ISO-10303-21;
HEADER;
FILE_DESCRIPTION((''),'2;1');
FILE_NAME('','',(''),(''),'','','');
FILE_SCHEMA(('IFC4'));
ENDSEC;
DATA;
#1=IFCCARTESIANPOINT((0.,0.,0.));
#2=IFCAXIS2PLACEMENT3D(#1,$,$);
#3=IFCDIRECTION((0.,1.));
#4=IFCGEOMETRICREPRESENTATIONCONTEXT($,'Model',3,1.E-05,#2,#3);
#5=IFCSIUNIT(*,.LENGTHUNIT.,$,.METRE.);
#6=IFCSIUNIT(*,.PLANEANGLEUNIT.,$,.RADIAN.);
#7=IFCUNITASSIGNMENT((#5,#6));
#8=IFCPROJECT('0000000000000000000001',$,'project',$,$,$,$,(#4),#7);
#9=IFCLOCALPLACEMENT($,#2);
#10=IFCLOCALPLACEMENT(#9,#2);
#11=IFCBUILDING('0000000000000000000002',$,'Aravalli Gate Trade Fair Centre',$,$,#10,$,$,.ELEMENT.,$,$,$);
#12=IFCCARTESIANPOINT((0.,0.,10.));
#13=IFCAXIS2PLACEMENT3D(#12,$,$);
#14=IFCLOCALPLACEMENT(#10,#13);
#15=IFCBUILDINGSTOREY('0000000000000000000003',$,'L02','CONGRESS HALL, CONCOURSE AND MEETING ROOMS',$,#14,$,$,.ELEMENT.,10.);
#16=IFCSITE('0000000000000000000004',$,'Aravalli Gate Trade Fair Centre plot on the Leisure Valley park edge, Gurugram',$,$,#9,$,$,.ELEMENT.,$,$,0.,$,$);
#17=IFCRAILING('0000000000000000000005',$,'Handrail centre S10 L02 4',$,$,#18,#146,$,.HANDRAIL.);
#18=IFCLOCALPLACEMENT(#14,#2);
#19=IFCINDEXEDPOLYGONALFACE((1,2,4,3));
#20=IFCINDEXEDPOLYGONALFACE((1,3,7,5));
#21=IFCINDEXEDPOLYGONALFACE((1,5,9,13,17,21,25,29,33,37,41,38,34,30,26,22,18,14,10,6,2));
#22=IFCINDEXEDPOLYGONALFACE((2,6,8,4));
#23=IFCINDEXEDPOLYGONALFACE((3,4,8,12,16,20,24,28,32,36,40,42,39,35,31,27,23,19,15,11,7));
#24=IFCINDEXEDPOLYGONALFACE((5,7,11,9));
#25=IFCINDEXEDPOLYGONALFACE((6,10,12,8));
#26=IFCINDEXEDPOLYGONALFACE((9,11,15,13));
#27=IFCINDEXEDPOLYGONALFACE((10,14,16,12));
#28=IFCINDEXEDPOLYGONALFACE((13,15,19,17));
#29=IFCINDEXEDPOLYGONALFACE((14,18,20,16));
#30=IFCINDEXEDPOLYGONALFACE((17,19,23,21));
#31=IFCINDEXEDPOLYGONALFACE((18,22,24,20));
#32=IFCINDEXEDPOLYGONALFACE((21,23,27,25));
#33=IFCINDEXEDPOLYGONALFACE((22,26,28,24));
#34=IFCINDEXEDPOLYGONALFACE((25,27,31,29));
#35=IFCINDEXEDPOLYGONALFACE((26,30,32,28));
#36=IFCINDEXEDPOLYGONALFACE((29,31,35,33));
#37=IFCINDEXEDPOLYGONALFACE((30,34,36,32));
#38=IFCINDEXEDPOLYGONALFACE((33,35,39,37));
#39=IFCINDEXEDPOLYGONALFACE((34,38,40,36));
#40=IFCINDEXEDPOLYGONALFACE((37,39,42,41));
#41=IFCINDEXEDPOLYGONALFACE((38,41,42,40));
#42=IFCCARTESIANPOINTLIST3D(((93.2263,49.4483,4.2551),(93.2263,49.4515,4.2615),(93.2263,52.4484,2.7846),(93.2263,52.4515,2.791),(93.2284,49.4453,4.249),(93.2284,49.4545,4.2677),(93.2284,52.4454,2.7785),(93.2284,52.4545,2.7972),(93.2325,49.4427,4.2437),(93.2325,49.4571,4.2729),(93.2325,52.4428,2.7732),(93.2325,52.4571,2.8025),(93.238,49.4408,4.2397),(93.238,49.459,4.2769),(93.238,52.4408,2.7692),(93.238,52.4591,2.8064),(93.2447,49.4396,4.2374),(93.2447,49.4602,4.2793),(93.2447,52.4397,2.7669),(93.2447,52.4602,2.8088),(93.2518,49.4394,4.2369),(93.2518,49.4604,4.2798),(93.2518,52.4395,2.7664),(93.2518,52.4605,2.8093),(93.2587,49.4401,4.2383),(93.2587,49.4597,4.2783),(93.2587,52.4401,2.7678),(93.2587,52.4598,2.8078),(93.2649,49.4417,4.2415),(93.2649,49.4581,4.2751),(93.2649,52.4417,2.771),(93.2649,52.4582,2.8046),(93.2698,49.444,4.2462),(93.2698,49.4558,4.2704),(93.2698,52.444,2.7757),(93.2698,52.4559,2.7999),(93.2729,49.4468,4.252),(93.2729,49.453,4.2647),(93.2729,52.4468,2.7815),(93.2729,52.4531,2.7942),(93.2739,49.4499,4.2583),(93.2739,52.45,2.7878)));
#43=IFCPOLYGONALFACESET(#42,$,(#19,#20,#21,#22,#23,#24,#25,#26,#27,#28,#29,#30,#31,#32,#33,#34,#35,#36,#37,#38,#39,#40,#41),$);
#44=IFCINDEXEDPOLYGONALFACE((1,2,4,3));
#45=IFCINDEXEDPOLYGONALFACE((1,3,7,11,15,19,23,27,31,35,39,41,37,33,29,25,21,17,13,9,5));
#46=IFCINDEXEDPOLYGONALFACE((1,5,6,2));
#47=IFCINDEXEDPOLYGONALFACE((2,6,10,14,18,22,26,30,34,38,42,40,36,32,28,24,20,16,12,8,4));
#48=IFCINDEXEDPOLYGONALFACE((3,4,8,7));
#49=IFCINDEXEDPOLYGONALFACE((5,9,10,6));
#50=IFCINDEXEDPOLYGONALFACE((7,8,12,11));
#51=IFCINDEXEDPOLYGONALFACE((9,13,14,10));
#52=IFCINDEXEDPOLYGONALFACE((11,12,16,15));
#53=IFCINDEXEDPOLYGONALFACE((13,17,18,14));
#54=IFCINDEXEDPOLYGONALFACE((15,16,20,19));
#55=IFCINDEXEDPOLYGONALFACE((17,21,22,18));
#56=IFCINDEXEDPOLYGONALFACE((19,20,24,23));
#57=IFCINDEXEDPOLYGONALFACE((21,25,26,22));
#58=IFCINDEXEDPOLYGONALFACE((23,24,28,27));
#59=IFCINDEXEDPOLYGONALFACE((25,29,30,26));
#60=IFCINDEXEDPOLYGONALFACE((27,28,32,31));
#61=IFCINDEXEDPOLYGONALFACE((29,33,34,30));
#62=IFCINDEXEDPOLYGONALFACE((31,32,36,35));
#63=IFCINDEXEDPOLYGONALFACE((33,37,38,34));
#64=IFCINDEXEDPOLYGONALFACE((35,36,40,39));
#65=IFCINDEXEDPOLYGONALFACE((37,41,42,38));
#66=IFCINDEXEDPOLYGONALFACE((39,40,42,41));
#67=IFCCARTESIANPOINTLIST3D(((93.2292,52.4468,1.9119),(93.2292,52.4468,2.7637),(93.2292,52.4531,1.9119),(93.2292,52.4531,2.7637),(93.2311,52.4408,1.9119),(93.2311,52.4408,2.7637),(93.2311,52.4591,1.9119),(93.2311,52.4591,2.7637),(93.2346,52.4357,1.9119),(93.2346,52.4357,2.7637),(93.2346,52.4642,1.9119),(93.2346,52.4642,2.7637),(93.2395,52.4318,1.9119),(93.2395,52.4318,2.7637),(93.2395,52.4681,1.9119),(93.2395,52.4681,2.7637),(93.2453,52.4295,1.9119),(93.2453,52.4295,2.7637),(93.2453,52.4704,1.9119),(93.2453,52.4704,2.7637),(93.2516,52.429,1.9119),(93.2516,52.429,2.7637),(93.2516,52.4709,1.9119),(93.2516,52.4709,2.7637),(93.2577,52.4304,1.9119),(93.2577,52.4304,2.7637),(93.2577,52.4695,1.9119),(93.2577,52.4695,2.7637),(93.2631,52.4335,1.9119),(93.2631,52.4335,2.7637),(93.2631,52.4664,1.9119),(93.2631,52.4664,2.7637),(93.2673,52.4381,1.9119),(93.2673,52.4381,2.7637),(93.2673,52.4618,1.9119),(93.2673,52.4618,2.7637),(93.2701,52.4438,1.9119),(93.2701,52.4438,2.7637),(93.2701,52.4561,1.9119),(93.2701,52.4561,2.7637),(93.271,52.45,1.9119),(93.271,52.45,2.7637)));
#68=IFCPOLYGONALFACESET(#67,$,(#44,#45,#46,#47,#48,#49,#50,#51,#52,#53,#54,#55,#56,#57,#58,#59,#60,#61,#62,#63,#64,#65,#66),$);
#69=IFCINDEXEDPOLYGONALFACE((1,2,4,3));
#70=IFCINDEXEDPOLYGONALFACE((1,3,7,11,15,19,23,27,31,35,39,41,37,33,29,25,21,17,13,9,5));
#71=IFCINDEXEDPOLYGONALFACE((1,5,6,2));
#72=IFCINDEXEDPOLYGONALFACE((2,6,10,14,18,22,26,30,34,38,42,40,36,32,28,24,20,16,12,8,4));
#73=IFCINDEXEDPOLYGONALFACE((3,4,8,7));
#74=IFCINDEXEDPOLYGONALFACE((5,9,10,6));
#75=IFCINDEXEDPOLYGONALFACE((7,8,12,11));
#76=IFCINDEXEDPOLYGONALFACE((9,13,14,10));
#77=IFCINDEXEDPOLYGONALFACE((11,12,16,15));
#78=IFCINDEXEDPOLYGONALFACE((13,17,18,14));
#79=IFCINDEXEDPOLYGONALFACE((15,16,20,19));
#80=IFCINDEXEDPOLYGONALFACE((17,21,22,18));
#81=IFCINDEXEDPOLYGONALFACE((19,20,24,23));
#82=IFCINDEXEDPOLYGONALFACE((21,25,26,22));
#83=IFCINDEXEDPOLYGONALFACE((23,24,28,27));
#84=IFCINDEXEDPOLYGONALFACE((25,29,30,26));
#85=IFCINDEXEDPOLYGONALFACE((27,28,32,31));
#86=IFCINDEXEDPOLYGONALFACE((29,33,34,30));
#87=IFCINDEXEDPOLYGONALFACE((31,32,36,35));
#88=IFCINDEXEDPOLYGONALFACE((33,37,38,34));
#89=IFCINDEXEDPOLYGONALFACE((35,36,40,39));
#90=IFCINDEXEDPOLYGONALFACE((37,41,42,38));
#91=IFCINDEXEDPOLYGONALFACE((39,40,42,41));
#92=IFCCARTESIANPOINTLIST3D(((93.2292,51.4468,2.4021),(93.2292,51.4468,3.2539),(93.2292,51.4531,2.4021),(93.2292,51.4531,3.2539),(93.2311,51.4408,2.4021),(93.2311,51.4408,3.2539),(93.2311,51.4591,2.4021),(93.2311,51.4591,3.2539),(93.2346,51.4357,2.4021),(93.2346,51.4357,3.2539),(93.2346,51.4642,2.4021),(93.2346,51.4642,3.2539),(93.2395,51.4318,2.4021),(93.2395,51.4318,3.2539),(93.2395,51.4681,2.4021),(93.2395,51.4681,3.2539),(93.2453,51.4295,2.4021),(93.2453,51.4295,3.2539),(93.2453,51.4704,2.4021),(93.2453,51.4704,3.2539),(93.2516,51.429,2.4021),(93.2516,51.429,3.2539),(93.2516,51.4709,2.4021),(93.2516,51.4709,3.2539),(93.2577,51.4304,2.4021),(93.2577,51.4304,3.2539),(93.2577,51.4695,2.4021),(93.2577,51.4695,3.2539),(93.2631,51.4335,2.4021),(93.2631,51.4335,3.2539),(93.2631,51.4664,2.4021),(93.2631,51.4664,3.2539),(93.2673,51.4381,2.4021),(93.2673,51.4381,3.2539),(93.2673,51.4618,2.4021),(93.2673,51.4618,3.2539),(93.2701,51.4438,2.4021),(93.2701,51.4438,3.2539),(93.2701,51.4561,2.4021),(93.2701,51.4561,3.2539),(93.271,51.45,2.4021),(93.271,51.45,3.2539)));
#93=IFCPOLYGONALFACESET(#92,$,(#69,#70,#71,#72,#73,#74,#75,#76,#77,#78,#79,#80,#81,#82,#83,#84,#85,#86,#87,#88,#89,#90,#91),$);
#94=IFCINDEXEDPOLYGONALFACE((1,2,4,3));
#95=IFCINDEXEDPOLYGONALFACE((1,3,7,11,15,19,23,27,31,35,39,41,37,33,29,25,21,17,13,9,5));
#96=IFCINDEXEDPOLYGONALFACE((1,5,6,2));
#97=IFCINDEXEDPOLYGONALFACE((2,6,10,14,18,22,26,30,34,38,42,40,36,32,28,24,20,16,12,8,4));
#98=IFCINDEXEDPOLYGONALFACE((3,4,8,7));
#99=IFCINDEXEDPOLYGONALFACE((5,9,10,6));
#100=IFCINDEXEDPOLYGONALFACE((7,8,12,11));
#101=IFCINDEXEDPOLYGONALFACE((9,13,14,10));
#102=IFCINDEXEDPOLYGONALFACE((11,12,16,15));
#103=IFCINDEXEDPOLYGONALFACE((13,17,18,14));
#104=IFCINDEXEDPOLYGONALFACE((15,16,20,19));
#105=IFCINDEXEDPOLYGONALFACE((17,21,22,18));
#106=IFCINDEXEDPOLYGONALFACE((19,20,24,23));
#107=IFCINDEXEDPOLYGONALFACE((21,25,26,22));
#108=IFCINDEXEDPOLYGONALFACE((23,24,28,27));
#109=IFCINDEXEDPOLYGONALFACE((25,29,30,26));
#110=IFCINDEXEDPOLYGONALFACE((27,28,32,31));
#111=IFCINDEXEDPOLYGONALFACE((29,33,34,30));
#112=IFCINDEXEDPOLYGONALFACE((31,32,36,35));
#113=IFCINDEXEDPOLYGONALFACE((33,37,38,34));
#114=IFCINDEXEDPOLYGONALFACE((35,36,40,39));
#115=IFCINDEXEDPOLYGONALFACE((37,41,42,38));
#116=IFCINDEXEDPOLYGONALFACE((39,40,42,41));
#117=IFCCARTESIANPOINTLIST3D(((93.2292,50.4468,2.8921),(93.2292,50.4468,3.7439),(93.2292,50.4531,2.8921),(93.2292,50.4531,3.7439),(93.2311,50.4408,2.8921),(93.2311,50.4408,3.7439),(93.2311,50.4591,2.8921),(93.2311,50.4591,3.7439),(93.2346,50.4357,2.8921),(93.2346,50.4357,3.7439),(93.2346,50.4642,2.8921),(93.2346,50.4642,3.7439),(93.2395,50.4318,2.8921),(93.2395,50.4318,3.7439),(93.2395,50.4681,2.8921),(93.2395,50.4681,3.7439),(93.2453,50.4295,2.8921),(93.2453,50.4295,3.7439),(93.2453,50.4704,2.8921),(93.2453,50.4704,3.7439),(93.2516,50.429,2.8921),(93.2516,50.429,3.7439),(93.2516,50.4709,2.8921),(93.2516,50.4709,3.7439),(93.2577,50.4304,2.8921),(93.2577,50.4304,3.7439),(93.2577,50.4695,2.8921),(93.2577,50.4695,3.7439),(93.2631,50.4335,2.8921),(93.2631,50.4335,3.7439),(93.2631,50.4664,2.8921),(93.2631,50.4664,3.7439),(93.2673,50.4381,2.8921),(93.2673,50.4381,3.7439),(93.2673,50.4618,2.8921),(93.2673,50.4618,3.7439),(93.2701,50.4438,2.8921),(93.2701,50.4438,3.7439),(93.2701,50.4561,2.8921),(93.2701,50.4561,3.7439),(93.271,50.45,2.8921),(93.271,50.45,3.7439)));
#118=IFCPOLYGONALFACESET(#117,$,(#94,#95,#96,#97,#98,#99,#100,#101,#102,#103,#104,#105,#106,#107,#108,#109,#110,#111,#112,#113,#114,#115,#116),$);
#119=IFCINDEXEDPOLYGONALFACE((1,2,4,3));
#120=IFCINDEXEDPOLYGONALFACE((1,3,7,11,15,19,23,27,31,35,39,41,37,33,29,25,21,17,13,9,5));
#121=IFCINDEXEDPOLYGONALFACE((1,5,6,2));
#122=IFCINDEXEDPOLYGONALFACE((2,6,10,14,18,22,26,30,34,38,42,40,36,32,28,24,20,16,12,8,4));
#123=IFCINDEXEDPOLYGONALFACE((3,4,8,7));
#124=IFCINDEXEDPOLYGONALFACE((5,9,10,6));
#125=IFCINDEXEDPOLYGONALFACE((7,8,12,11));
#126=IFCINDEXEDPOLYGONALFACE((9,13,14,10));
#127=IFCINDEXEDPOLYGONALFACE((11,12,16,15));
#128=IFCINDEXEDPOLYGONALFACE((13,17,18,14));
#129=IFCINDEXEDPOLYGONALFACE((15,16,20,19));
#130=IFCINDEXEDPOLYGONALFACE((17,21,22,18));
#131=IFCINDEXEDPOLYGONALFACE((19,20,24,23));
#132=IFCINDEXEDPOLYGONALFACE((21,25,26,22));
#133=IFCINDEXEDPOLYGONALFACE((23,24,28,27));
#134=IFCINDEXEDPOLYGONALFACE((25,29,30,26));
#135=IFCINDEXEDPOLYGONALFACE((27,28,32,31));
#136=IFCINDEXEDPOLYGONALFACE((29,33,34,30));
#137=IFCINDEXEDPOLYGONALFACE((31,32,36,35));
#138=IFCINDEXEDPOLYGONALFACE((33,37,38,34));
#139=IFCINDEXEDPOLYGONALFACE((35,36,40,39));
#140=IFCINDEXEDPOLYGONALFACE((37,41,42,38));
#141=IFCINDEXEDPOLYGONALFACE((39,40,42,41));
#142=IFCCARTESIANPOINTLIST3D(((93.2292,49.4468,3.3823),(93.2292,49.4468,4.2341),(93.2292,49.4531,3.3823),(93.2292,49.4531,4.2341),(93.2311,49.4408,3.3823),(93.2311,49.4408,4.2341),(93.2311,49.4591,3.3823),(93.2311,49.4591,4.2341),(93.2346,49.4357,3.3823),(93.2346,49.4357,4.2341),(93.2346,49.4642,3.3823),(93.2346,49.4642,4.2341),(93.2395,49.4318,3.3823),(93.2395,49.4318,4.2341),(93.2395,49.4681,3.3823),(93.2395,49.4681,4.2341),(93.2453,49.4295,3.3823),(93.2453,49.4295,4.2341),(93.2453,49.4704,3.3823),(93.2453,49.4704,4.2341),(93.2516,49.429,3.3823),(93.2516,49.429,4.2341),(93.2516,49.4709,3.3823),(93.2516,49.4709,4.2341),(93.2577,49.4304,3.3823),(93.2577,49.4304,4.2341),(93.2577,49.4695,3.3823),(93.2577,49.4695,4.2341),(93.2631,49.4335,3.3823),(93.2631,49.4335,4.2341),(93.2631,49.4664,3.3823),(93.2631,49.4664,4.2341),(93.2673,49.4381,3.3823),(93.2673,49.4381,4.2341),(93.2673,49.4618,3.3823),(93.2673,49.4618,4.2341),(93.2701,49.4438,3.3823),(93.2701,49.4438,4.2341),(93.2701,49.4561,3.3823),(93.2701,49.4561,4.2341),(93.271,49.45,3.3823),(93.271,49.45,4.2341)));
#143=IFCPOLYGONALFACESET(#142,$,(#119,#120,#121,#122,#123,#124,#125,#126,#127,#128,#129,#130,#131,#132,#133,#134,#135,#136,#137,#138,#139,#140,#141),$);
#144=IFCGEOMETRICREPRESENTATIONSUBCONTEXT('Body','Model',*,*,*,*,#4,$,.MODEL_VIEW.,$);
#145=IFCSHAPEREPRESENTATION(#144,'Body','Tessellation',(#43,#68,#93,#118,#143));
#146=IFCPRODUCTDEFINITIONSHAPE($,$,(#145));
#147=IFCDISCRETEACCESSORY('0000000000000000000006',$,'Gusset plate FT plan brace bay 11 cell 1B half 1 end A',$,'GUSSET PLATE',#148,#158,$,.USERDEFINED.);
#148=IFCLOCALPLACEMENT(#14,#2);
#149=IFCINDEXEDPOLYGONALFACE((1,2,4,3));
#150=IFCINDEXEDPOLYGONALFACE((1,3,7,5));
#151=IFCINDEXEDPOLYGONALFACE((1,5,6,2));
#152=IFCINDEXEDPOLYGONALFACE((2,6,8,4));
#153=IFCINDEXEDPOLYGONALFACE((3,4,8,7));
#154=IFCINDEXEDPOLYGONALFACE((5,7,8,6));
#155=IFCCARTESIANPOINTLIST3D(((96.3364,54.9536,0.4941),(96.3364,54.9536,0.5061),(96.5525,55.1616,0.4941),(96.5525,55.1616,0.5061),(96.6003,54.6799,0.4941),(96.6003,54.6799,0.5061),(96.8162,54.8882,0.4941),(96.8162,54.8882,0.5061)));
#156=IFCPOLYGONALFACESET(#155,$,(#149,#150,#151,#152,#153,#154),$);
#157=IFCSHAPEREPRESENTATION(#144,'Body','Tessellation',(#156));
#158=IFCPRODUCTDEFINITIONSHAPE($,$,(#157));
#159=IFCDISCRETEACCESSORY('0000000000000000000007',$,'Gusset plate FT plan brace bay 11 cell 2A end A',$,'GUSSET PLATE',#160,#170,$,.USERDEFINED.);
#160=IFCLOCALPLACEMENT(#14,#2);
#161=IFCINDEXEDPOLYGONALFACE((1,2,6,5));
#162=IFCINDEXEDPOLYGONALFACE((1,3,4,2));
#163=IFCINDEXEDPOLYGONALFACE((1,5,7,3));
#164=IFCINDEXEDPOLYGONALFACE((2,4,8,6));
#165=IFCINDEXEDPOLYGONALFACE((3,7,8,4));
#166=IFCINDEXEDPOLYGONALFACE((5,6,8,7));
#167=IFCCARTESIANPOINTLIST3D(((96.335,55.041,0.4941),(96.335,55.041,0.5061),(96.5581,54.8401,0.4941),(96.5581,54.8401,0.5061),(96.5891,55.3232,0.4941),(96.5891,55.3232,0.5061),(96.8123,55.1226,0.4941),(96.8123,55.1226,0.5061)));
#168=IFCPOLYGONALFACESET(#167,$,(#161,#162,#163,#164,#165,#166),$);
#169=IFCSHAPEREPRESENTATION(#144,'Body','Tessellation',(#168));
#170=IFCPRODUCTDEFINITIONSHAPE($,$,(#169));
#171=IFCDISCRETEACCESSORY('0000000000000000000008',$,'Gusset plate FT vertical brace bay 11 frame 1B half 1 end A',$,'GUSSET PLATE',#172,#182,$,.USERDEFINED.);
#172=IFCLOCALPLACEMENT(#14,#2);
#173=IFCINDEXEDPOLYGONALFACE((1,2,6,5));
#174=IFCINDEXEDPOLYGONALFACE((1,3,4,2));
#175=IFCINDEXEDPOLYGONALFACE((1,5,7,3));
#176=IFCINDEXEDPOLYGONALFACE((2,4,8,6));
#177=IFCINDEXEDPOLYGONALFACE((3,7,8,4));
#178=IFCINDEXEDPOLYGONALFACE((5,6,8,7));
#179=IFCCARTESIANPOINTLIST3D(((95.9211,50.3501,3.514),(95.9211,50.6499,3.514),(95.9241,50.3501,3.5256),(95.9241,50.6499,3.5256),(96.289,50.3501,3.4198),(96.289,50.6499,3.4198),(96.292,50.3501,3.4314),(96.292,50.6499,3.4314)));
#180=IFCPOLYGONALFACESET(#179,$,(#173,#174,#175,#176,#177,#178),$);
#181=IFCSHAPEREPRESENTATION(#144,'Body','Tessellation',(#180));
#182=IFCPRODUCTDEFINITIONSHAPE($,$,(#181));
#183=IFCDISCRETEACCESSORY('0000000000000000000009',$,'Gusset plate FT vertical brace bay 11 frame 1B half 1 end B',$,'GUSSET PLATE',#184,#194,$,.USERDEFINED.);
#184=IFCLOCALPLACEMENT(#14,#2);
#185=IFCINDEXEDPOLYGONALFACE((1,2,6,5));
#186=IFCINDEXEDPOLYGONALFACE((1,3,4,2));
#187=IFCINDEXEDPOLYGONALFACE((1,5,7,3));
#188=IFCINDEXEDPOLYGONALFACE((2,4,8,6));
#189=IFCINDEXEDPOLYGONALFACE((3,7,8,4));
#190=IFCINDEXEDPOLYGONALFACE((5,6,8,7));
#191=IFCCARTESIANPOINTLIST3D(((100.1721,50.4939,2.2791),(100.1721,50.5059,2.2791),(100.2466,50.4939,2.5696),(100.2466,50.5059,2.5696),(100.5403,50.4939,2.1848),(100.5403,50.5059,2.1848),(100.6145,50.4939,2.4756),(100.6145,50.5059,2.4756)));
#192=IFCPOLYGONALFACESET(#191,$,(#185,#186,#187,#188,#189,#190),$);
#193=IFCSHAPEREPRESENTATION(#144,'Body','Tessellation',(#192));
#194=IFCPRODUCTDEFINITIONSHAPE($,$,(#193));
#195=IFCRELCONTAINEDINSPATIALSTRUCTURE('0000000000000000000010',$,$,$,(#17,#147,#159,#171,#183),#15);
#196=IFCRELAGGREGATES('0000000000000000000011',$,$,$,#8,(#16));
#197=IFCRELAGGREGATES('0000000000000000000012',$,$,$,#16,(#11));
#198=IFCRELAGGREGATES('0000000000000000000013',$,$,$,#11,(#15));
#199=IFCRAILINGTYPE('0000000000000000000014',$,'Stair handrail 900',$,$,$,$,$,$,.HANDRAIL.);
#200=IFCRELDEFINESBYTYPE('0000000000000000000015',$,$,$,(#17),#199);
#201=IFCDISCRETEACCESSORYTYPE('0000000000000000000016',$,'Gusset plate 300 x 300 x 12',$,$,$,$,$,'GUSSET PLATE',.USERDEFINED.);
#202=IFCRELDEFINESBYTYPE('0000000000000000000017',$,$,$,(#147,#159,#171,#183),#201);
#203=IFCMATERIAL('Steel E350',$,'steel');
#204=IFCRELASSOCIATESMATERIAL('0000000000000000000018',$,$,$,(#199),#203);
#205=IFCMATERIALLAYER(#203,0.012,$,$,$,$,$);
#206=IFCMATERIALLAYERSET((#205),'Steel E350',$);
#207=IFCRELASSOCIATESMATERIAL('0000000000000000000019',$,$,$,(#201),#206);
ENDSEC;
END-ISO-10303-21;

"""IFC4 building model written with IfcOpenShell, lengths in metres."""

from ifc_helpers import new_model, si_unit, direction, frame, origin, origin_2d, place, context, subcontext, project, spatial, polyline, circle, outline, extrude, material, layer, layer_set, type_object, element, save


model = new_model("IFC4")

# Units and contexts
model_context = context("Model", 3, precision=1e-05, world=origin(), true_north=direction((0.0, 1.0)))
body_context = subcontext(model_context, "Body", "Model", "MODEL_VIEW")
ifc_project = project(units=[si_unit("LENGTHUNIT", "METRE"), si_unit("PLANEANGLEUNIT", "RADIAN")], contexts=[model_context])

# Site, building, storey
site_placement = place(None, origin())
site = spatial("IfcSite", under=ifc_project, at=site_placement, Name="Aravalli Gate Trade Fair Centre plot on the Leisure Valley park edge, Gurugram", CompositionType="ELEMENT", RefElevation=0.0)
building_placement = place(site_placement, origin())
building = spatial("IfcBuilding", under=site, at=building_placement, Name="Aravalli Gate Trade Fair Centre", CompositionType="ELEMENT")
storey_placement = place(building_placement, frame((0.0, 0.0, 10.0)))
storey = spatial("IfcBuildingStorey", under=building, at=storey_placement, Name="L02", Description="CONGRESS HALL, CONCOURSE AND MEETING ROOMS", CompositionType="ELEMENT", Elevation=10.0)

# Shared definitions
ifc_material_1 = material(Name="Steel E350", Category="steel")

# Railing
railing_type_1 = type_object("IfcRailingType", Name="Stair handrail 900", PredefinedType="HANDRAIL", material=ifc_material_1)
for number, where, name in (
    (1, (93.25, 52.45, 1.9119), "Handrail centre S10 L02 4"),
):
    element("IfcRailing", number, at=place(storey_placement, frame(where)), inside=storey, type_object=railing_type_1, Name=name, PredefinedType="HANDRAIL", context=body_context, shape_type="SweptSolid", body=[
        extrude(circle(Radius=0.0239, at=origin_2d()), frame((0.0, 0.0, 0.876), z_axis=(0.0, -0.897936, 0.440126), x_axis=(1.0, 0.0, 0.0)), (0.0, 0.0, 1.0), 3.3411),
        extrude(circle(Radius=0.021, at=origin_2d()), origin(), (0.0, 0.0, 1.0), 0.8518),
        extrude(circle(Radius=0.021, at=origin_2d()), frame((0.0, -1.0, 0.4902)), (0.0, 0.0, 1.0), 0.8518),
        extrude(circle(Radius=0.021, at=origin_2d()), frame((0.0, -2.0, 0.9802)), (0.0, 0.0, 1.0), 0.8518),
        extrude(circle(Radius=0.021, at=origin_2d()), frame((0.0, -3.0, 1.4705)), (0.0, 0.0, 1.0), 0.8518),
    ])

# Discrete accessories
ifc_layer_1 = layer(ifc_material_1, 0.012)
ifc_layer_set_1 = layer_set([ifc_layer_1], Name="Steel E350")
discrete_accessory_type_1 = type_object("IfcDiscreteAccessoryType", Name="Gusset plate 300 x 300 x 12", ElementType="GUSSET PLATE", PredefinedType="USERDEFINED", material=ifc_layer_set_1)
discrete_accessory_1_placement = place(storey_placement, frame((96.6003, 54.6799, 0.5061), z_axis=(0.0, 0.0, 1.0), x_axis=(-0.694147, 0.719833, 0.0)))
element("IfcDiscreteAccessory", 2, at=discrete_accessory_1_placement, inside=storey, type_object=discrete_accessory_type_1, Name="Gusset plate FT plan brace bay 11 cell 1B half 1 end A", ObjectType="GUSSET PLATE", PredefinedType="USERDEFINED", context=body_context, shape_type="SweptSolid", body=[
    extrude(outline(polyline([(0.0, 0.0), (0.3802, 0.0), (0.38, -0.2999), (0.0001, -0.2999), (0.0, 0.0)])), origin(), (0.0, 0.0, -1.0), 0.012),
])
discrete_accessory_2_placement = place(storey_placement, frame((96.8123, 55.1226, 0.5061), z_axis=(0.0, 0.0, 1.0), x_axis=(-0.668858, -0.74339, 0.0)))
element("IfcDiscreteAccessory", 3, at=discrete_accessory_2_placement, inside=storey, type_object=discrete_accessory_type_1, Name="Gusset plate FT plan brace bay 11 cell 2A end A", ObjectType="GUSSET PLATE", PredefinedType="USERDEFINED", context=body_context, shape_type="SweptSolid", body=[
    extrude(outline(polyline([(0.0, 0.0), (0.38, 0.0), (0.3799, -0.3003), (0.0001, -0.3001), (0.0, 0.0)])), origin(), (0.0, 0.0, -1.0), 0.012),
])
discrete_accessory_3_placement = place(storey_placement, frame((96.292, 50.3501, 3.4314), z_axis=(0.248128, 0.0, 0.968727), x_axis=(-0.968727, 0.0, 0.248128)))
element("IfcDiscreteAccessory", 4, at=discrete_accessory_3_placement, inside=storey, type_object=discrete_accessory_type_1, Name="Gusset plate FT vertical brace bay 11 frame 1B half 1 end A", ObjectType="GUSSET PLATE", PredefinedType="USERDEFINED", context=body_context, shape_type="SweptSolid", body=[
    extrude(outline(polyline([(0.0, 0.0), (0.3798, 0.0), (0.3798, -0.2998), (0.0, -0.2998), (0.0, 0.0)])), origin(), (0.0, 0.0, -1.0), 0.012),
])
discrete_accessory_4_placement = place(storey_placement, frame((100.1721, 50.4939, 2.2791), z_axis=(0.0, -1.0, 0.0), x_axis=(0.968767, 0.0, -0.247973)))
element("IfcDiscreteAccessory", 5, at=discrete_accessory_4_placement, inside=storey, type_object=discrete_accessory_type_1, Name="Gusset plate FT vertical brace bay 11 frame 1B half 1 end B", ObjectType="GUSSET PLATE", PredefinedType="USERDEFINED", context=body_context, shape_type="SweptSolid", body=[
    extrude(outline(polyline([(0.0, 0.0), (0.38, 0.0), (0.3798, 0.3001), (0.0001, 0.2999), (0.0, 0.0)])), origin(), (0.0, 0.0, -1.0), 0.012),
])

save(model, "model.ifc")
